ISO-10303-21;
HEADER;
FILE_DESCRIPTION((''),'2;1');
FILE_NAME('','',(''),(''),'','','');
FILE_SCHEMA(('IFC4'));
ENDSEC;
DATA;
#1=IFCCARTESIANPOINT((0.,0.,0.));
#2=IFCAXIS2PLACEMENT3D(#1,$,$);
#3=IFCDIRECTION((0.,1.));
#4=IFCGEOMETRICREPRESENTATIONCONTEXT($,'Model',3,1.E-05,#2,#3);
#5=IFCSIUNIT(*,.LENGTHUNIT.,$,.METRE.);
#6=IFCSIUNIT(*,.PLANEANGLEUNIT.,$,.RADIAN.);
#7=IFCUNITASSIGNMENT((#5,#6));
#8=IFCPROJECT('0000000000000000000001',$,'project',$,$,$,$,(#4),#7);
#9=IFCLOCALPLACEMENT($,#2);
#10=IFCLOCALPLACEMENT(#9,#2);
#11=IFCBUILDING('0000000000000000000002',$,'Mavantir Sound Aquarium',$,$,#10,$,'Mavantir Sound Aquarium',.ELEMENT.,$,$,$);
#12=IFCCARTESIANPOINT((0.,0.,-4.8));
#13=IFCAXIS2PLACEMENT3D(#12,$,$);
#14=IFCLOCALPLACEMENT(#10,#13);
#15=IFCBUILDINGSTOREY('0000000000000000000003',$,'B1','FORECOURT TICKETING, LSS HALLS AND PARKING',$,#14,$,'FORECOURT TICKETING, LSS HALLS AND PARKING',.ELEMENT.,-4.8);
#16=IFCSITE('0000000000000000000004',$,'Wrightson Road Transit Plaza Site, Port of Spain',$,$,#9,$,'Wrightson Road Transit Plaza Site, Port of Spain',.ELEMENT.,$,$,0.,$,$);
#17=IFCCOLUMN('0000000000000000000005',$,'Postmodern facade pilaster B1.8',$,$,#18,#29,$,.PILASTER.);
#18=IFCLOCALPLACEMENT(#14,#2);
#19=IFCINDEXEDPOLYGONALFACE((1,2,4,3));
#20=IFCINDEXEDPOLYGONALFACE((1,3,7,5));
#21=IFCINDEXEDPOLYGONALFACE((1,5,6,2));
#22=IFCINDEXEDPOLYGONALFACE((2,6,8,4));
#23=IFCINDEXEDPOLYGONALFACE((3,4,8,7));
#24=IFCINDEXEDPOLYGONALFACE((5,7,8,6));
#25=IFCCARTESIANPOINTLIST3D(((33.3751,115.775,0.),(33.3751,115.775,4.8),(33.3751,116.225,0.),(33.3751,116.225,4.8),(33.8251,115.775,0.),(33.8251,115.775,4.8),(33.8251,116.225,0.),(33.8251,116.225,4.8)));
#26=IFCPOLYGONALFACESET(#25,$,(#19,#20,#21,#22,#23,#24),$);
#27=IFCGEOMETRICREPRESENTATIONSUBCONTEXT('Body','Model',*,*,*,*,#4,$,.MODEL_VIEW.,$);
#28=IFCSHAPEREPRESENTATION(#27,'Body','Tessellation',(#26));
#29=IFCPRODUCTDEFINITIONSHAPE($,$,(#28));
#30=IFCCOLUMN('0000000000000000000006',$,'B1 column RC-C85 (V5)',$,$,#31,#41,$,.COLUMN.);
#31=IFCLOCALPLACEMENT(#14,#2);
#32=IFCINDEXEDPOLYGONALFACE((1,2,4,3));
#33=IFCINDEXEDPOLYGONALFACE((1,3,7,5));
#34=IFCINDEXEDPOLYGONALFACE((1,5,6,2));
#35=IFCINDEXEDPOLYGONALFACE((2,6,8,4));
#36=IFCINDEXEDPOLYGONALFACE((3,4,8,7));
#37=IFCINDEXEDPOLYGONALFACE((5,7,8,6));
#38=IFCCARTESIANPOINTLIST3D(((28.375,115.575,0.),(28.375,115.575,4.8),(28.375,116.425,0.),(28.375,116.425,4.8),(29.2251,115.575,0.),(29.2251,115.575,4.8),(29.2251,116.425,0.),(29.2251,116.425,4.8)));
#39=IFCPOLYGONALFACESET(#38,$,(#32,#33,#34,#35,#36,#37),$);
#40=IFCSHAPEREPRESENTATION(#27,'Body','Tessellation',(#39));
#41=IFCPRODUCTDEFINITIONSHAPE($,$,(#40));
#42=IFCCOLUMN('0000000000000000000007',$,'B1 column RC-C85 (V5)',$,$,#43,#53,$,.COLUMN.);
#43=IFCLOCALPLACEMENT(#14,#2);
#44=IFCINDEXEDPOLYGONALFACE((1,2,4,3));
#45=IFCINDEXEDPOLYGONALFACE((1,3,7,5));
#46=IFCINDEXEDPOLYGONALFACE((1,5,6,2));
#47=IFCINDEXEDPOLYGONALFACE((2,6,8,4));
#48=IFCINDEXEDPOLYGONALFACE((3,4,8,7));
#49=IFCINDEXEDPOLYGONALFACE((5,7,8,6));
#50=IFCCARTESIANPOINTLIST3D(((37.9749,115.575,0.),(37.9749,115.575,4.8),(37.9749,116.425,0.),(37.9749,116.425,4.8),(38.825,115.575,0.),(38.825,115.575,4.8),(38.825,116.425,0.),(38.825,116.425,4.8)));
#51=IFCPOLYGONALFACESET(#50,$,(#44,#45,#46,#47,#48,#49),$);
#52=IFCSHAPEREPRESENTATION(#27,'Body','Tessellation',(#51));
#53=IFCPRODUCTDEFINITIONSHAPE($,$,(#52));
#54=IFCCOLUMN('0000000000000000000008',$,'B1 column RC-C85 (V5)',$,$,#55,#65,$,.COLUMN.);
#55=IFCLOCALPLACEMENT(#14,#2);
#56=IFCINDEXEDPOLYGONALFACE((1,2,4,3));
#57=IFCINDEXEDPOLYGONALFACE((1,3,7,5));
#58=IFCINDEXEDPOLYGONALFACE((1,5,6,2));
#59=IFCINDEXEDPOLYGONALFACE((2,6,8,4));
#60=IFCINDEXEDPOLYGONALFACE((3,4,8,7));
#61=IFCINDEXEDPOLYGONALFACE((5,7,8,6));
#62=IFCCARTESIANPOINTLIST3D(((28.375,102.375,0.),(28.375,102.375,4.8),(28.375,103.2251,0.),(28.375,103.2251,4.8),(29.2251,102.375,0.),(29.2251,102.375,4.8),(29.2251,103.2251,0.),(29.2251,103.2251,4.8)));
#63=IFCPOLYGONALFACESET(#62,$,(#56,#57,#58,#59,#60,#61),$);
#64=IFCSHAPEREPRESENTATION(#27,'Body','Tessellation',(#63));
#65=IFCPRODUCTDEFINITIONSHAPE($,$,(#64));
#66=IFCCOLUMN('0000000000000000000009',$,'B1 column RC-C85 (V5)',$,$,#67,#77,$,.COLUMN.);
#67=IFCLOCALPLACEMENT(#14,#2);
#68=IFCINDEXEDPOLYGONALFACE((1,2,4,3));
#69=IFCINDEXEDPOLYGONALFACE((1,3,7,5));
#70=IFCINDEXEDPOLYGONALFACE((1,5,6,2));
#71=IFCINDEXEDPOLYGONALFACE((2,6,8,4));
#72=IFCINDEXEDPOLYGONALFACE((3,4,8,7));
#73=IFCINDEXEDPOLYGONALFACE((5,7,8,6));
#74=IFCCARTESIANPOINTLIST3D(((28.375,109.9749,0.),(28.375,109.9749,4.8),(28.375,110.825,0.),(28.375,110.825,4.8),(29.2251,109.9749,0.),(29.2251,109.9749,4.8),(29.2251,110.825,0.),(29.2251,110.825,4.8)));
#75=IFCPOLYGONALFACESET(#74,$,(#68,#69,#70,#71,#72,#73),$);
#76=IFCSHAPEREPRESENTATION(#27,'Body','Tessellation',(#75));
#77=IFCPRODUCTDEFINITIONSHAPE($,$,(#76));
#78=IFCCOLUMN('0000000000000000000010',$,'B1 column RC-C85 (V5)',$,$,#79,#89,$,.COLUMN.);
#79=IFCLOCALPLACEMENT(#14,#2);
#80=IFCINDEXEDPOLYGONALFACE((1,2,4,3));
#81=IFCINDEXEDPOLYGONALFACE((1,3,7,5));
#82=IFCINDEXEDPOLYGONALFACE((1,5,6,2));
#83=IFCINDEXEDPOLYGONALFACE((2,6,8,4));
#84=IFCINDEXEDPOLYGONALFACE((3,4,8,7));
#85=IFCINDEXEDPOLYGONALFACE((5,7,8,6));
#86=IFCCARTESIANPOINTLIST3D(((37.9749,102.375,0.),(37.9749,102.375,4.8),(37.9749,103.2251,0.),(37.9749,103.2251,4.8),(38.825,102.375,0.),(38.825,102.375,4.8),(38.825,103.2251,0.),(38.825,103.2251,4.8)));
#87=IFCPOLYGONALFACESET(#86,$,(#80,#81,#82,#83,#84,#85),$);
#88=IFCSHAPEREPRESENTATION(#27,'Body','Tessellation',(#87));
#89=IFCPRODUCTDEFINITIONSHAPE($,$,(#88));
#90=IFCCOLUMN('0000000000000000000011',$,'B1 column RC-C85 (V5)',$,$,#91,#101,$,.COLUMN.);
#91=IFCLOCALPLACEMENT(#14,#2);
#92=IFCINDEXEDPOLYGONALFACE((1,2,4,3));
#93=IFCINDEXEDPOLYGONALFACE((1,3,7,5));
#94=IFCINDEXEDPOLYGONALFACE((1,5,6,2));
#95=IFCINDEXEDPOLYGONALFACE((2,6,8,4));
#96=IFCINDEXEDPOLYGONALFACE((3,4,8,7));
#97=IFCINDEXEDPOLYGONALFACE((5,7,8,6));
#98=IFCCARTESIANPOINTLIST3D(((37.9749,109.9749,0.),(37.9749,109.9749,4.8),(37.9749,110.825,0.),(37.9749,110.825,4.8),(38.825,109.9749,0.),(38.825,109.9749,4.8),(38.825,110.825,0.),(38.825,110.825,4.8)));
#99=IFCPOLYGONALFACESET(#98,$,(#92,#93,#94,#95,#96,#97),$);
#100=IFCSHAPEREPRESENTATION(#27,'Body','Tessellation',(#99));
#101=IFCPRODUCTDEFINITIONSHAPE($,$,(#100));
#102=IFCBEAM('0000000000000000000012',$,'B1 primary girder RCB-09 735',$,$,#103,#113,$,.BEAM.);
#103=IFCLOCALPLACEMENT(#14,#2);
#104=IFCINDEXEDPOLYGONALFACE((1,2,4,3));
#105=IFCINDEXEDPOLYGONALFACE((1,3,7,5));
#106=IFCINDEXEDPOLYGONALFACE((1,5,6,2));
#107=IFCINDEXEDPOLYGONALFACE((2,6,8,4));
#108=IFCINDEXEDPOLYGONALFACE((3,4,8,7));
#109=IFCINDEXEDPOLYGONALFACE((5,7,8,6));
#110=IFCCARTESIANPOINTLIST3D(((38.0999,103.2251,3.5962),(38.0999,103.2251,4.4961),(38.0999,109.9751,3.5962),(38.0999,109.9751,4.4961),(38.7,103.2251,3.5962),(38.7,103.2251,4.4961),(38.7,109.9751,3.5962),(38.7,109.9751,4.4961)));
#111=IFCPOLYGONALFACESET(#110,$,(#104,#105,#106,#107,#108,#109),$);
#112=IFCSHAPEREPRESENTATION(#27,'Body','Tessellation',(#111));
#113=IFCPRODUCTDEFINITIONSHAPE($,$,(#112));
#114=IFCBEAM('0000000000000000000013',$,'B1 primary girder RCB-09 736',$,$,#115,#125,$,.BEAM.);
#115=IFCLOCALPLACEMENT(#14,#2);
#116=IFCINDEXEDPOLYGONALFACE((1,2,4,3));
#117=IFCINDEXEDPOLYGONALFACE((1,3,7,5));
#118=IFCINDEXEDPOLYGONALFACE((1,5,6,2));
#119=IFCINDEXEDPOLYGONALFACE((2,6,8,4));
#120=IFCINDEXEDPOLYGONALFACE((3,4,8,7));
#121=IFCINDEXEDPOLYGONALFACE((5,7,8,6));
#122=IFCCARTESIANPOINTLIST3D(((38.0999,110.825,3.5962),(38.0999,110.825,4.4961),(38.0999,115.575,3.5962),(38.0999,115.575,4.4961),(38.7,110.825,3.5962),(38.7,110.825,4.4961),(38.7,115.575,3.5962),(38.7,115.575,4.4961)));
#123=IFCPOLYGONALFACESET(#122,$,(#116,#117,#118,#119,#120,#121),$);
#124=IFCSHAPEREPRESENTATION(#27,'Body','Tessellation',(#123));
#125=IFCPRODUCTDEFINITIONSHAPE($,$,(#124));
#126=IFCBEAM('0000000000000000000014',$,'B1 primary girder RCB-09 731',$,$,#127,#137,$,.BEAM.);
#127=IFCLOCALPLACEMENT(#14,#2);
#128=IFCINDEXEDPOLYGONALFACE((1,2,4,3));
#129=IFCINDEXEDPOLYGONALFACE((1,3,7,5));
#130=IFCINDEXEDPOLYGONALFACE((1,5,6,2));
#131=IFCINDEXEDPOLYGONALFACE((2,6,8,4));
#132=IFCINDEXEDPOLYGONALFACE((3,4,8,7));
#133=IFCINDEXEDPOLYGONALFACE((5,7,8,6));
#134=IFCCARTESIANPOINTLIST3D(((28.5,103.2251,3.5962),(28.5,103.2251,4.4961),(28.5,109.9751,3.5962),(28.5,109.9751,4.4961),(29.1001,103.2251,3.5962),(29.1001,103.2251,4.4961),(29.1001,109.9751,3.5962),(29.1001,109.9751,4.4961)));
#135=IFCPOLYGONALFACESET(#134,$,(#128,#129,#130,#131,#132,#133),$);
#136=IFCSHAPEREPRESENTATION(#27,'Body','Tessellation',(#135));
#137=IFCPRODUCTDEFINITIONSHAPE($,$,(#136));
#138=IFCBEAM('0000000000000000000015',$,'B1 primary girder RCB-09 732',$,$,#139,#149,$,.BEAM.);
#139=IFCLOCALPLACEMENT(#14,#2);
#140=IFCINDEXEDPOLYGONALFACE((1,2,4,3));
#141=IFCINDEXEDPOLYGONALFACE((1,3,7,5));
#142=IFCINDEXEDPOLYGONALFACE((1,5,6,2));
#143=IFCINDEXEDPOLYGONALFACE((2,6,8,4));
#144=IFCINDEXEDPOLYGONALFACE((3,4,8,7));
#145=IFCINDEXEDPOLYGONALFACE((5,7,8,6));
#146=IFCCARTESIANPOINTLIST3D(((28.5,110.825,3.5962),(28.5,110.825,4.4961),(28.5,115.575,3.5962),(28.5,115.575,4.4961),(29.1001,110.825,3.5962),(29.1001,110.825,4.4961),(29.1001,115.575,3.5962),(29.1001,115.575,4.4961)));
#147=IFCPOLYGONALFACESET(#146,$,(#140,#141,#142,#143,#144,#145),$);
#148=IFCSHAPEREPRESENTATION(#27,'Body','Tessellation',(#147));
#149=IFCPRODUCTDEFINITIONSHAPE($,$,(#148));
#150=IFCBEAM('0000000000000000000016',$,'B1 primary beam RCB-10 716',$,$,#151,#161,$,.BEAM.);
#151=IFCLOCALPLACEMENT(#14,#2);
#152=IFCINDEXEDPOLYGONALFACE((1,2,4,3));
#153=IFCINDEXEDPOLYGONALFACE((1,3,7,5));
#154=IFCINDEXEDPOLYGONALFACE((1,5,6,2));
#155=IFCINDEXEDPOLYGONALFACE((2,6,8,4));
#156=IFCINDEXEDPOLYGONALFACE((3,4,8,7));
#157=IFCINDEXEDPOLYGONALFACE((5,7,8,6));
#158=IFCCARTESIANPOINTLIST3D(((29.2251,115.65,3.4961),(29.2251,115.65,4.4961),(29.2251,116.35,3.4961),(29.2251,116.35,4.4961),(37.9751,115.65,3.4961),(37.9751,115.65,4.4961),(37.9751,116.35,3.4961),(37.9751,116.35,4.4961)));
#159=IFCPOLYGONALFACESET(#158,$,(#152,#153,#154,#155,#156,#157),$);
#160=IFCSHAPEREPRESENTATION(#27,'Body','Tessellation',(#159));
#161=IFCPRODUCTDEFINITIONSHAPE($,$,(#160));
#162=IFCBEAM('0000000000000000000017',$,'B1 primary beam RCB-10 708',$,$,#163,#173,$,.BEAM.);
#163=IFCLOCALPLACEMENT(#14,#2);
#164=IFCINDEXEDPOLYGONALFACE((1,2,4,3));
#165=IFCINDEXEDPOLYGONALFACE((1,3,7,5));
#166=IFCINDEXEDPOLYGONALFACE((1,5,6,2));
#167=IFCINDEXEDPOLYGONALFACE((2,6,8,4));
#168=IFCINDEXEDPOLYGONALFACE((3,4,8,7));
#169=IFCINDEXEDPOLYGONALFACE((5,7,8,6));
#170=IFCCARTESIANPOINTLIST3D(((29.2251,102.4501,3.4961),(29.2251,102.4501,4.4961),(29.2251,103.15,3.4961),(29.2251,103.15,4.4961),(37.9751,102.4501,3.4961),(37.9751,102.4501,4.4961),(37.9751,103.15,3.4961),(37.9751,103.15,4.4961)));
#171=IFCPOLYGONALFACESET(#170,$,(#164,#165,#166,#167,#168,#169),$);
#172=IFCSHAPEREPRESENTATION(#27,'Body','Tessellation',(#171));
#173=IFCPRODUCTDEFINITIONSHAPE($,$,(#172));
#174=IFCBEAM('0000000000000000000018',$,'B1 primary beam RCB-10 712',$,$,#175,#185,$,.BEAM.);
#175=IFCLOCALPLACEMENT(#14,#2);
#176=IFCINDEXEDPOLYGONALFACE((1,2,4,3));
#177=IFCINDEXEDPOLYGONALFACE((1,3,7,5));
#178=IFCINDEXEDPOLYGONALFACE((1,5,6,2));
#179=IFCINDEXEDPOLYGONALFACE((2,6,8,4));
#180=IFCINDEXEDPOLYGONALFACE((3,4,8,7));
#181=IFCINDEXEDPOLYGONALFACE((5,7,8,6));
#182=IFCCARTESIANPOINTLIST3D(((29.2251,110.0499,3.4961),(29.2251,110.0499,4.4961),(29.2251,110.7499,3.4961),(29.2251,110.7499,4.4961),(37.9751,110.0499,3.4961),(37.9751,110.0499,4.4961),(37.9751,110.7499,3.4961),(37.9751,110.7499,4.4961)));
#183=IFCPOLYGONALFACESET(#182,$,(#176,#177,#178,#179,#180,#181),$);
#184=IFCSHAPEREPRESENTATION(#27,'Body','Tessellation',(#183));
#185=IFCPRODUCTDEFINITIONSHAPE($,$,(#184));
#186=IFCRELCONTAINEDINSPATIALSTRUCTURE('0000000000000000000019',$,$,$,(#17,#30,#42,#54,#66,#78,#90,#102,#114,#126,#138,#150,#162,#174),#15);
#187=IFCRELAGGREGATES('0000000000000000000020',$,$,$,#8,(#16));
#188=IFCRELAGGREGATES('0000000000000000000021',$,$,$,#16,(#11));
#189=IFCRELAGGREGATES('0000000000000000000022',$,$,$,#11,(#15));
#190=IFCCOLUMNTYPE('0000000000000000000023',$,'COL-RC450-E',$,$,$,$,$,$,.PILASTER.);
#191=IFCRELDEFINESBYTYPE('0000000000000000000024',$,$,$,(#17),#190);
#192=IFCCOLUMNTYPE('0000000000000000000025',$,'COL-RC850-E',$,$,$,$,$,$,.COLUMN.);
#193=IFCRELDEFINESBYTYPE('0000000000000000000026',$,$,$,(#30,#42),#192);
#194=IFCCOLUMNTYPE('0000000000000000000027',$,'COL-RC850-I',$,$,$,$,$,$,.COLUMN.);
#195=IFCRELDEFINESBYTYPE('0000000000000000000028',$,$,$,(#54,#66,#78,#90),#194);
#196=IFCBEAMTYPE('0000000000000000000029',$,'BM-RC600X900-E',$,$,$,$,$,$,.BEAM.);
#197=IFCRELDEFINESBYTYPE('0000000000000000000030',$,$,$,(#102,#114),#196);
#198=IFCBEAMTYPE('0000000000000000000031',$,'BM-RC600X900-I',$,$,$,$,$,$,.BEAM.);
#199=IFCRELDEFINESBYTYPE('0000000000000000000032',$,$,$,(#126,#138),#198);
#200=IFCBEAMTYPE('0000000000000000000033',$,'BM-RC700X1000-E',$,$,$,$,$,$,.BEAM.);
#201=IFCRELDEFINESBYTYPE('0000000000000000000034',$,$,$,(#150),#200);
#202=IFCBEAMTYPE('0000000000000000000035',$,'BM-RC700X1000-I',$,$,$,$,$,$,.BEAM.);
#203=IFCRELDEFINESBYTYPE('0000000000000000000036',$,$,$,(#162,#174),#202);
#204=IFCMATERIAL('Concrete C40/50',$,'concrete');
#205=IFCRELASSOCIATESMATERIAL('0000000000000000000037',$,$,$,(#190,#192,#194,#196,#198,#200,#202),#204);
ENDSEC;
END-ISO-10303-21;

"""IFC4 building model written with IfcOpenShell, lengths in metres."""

from ifc_helpers import new_model, si_unit, direction, frame, origin, origin_2d, place, context, subcontext, project, spatial, rectangle, extrude, material, material_profile, profile_set, type_object, element, save


model = new_model("IFC4")

# Units and contexts
model_context = context("Model", 3, precision=1e-05, world=origin(), true_north=direction((0.0, 1.0)))
body_context = subcontext(model_context, "Body", "Model", "MODEL_VIEW")
ifc_project = project(units=[si_unit("LENGTHUNIT", "METRE"), si_unit("PLANEANGLEUNIT", "RADIAN")], contexts=[model_context])

# Site, building, storey
site_placement = place(None, origin())
site = spatial("IfcSite", under=ifc_project, at=site_placement, Name="Wrightson Road Transit Plaza Site, Port of Spain", LongName="Wrightson Road Transit Plaza Site, Port of Spain", CompositionType="ELEMENT", RefElevation=0.0)
building_placement = place(site_placement, origin())
building = spatial("IfcBuilding", under=site, at=building_placement, Name="Mavantir Sound Aquarium", LongName="Mavantir Sound Aquarium", CompositionType="ELEMENT")
storey_placement = place(building_placement, frame((0.0, 0.0, -4.8)))
storey = spatial("IfcBuildingStorey", under=building, at=storey_placement, Name="B1", Description="FORECOURT TICKETING, LSS HALLS AND PARKING", LongName="FORECOURT TICKETING, LSS HALLS AND PARKING", CompositionType="ELEMENT", Elevation=-4.8)

# Columns
ifc_material_1 = material(Name="Concrete C40/50", Category="concrete")
ifc_material_profile_1 = material_profile(ifc_material_1, rectangle(XDim=0.45, YDim=0.45, at=origin_2d()), Name="RC 450X450")
ifc_profile_set_1 = profile_set([ifc_material_profile_1], Name="Concrete C40/50")
column_type_1 = type_object("IfcColumnType", Name="COL-RC450-E", PredefinedType="PILASTER", material=ifc_profile_set_1)
column_placement = place(storey_placement, frame((33.6001, 116.0, 0.0), z_axis=(0.0, 0.0, 1.0), x_axis=(1.0, 0.0, 0.0)))
element("IfcColumn", 1, at=column_placement, inside=storey, type_object=column_type_1, Name="Postmodern facade pilaster B1.8", PredefinedType="PILASTER", context=body_context, shape_type="SweptSolid", body=[
    extrude(rectangle(XDim=0.45, YDim=0.45, at=origin_2d()), origin(), (0.0, 0.0, 1.0), 4.8),
])
ifc_material_profile_2 = material_profile(ifc_material_1, rectangle(XDim=0.8501, YDim=0.8501, at=origin_2d()), Name="RC 850X850")
ifc_profile_set_2 = profile_set([ifc_material_profile_2], Name="Concrete C40/50")
column_type_2 = type_object("IfcColumnType", Name="COL-RC850-E", PredefinedType="COLUMN", material=ifc_profile_set_2)
for number, where, z_axis, x_axis, name in (
    (2, (28.8, 116.0, 0.0), (0.0, 0.0, 1.0), (1.0, 0.0, 0.0), "B1 column RC-C85 (V5)"),
    (3, (38.3999, 116.0, 0.0), (0.0, 0.0, 1.0), (1.0, 0.0, 0.0), "B1 column RC-C85 (V5)"),
):
    element("IfcColumn", number, at=place(storey_placement, frame(where, z_axis=z_axis, x_axis=x_axis)), inside=storey, type_object=column_type_2, Name=name, PredefinedType="COLUMN", context=body_context, shape_type="SweptSolid", body=[
        extrude(rectangle(XDim=0.8501, YDim=0.8501, at=origin_2d()), origin(), (0.0, 0.0, 1.0), 4.8),
    ])
ifc_material_profile_3 = material_profile(ifc_material_1, rectangle(XDim=0.8501, YDim=0.8501, at=origin_2d()), Name="RC 850X850")
ifc_profile_set_3 = profile_set([ifc_material_profile_3], Name="Concrete C40/50")
column_type_3 = type_object("IfcColumnType", Name="COL-RC850-I", PredefinedType="COLUMN", material=ifc_profile_set_3)
for number, where, z_axis, x_axis, name in (
    (4, (28.8, 102.8, 0.0), (0.0, 0.0, 1.0), (1.0, 0.0, 0.0), "B1 column RC-C85 (V5)"),
    (5, (28.8, 110.3999, 0.0), (0.0, 0.0, 1.0), (1.0, 0.0, 0.0), "B1 column RC-C85 (V5)"),
    (6, (38.3999, 102.8, 0.0), (0.0, 0.0, 1.0), (1.0, 0.0, 0.0), "B1 column RC-C85 (V5)"),
    (7, (38.3999, 110.3999, 0.0), (0.0, 0.0, 1.0), (1.0, 0.0, 0.0), "B1 column RC-C85 (V5)"),
):
    element("IfcColumn", number, at=place(storey_placement, frame(where, z_axis=z_axis, x_axis=x_axis)), inside=storey, type_object=column_type_3, Name=name, PredefinedType="COLUMN", context=body_context, shape_type="SweptSolid", body=[
        extrude(rectangle(XDim=0.8501, YDim=0.8501, at=origin_2d()), origin(), (0.0, 0.0, 1.0), 4.8),
    ])

# Beams
ifc_material_profile_4 = material_profile(ifc_material_1, rectangle(XDim=0.6001, YDim=0.8999, at=origin_2d()), Name="RC 600X900")
ifc_profile_set_4 = profile_set([ifc_material_profile_4], Name="Concrete C40/50")
beam_type_1 = type_object("IfcBeamType", Name="BM-RC600X900-E", PredefinedType="BEAM", material=ifc_profile_set_4)
beam_1_placement = place(storey_placement, frame((38.3999, 103.2251, 4.0461), z_axis=(0.0, 1.0, 0.0), x_axis=(-1.0, 0.0, 0.0)))
element("IfcBeam", 8, at=beam_1_placement, inside=storey, type_object=beam_type_1, Name="B1 primary girder RCB-09 735", PredefinedType="BEAM", context=body_context, shape_type="SweptSolid", body=[
    extrude(rectangle(XDim=0.6001, YDim=0.8999, at=origin_2d()), origin(), (0.0, 0.0, 1.0), 6.75),
])
beam_2_placement = place(storey_placement, frame((38.3999, 110.825, 4.0461), z_axis=(0.0, 1.0, 0.0), x_axis=(-1.0, 0.0, 0.0)))
element("IfcBeam", 9, at=beam_2_placement, inside=storey, type_object=beam_type_1, Name="B1 primary girder RCB-09 736", PredefinedType="BEAM", context=body_context, shape_type="SweptSolid", body=[
    extrude(rectangle(XDim=0.6001, YDim=0.8999, at=origin_2d()), origin(), (0.0, 0.0, 1.0), 4.75),
])
ifc_material_profile_5 = material_profile(ifc_material_1, rectangle(XDim=0.6001, YDim=0.8999, at=origin_2d()), Name="RC 600X900")
ifc_profile_set_5 = profile_set([ifc_material_profile_5], Name="Concrete C40/50")
beam_type_2 = type_object("IfcBeamType", Name="BM-RC600X900-I", PredefinedType="BEAM", material=ifc_profile_set_5)
beam_3_placement = place(storey_placement, frame((28.8, 103.2251, 4.0461), z_axis=(0.0, 1.0, 0.0), x_axis=(-1.0, 0.0, 0.0)))
element("IfcBeam", 10, at=beam_3_placement, inside=storey, type_object=beam_type_2, Name="B1 primary girder RCB-09 731", PredefinedType="BEAM", context=body_context, shape_type="SweptSolid", body=[
    extrude(rectangle(XDim=0.6001, YDim=0.8999, at=origin_2d()), origin(), (0.0, 0.0, 1.0), 6.75),
])
beam_4_placement = place(storey_placement, frame((28.8, 110.825, 4.0461), z_axis=(0.0, 1.0, 0.0), x_axis=(-1.0, 0.0, 0.0)))
element("IfcBeam", 11, at=beam_4_placement, inside=storey, type_object=beam_type_2, Name="B1 primary girder RCB-09 732", PredefinedType="BEAM", context=body_context, shape_type="SweptSolid", body=[
    extrude(rectangle(XDim=0.6001, YDim=0.8999, at=origin_2d()), origin(), (0.0, 0.0, 1.0), 4.75),
])
ifc_material_profile_6 = material_profile(ifc_material_1, rectangle(XDim=0.7, YDim=1.0, at=origin_2d()), Name="RC 700X1000")
ifc_profile_set_6 = profile_set([ifc_material_profile_6], Name="Concrete C40/50")
beam_type_3 = type_object("IfcBeamType", Name="BM-RC700X1000-E", PredefinedType="BEAM", material=ifc_profile_set_6)
beam_5_placement = place(storey_placement, frame((29.2251, 116.0, 3.9961), z_axis=(1.0, 0.0, 0.0), x_axis=(0.0, 1.0, 0.0)))
element("IfcBeam", 12, at=beam_5_placement, inside=storey, type_object=beam_type_3, Name="B1 primary beam RCB-10 716", PredefinedType="BEAM", context=body_context, shape_type="SweptSolid", body=[
    extrude(rectangle(XDim=0.7, YDim=1.0, at=origin_2d()), origin(), (0.0, 0.0, 1.0), 8.75),
])
ifc_material_profile_7 = material_profile(ifc_material_1, rectangle(XDim=0.7, YDim=1.0, at=origin_2d()), Name="RC 700X1000")
ifc_profile_set_7 = profile_set([ifc_material_profile_7], Name="Concrete C40/50")
beam_type_4 = type_object("IfcBeamType", Name="BM-RC700X1000-I", PredefinedType="BEAM", material=ifc_profile_set_7)
for number, where, z_axis, x_axis, name in (
    (13, (29.2251, 102.8, 3.9961), (1.0, 0.0, 0.0), (0.0, 1.0, 0.0), "B1 primary beam RCB-10 708"),
    (14, (29.2251, 110.3999, 3.9961), (1.0, 0.0, 0.0), (0.0, 1.0, 0.0), "B1 primary beam RCB-10 712"),
):
    element("IfcBeam", number, at=place(storey_placement, frame(where, z_axis=z_axis, x_axis=x_axis)), inside=storey, type_object=beam_type_4, Name=name, PredefinedType="BEAM", context=body_context, shape_type="SweptSolid", body=[
        extrude(rectangle(XDim=0.7, YDim=1.0, at=origin_2d()), origin(), (0.0, 0.0, 1.0), 8.75),
    ])

save(model, "model.ifc")
